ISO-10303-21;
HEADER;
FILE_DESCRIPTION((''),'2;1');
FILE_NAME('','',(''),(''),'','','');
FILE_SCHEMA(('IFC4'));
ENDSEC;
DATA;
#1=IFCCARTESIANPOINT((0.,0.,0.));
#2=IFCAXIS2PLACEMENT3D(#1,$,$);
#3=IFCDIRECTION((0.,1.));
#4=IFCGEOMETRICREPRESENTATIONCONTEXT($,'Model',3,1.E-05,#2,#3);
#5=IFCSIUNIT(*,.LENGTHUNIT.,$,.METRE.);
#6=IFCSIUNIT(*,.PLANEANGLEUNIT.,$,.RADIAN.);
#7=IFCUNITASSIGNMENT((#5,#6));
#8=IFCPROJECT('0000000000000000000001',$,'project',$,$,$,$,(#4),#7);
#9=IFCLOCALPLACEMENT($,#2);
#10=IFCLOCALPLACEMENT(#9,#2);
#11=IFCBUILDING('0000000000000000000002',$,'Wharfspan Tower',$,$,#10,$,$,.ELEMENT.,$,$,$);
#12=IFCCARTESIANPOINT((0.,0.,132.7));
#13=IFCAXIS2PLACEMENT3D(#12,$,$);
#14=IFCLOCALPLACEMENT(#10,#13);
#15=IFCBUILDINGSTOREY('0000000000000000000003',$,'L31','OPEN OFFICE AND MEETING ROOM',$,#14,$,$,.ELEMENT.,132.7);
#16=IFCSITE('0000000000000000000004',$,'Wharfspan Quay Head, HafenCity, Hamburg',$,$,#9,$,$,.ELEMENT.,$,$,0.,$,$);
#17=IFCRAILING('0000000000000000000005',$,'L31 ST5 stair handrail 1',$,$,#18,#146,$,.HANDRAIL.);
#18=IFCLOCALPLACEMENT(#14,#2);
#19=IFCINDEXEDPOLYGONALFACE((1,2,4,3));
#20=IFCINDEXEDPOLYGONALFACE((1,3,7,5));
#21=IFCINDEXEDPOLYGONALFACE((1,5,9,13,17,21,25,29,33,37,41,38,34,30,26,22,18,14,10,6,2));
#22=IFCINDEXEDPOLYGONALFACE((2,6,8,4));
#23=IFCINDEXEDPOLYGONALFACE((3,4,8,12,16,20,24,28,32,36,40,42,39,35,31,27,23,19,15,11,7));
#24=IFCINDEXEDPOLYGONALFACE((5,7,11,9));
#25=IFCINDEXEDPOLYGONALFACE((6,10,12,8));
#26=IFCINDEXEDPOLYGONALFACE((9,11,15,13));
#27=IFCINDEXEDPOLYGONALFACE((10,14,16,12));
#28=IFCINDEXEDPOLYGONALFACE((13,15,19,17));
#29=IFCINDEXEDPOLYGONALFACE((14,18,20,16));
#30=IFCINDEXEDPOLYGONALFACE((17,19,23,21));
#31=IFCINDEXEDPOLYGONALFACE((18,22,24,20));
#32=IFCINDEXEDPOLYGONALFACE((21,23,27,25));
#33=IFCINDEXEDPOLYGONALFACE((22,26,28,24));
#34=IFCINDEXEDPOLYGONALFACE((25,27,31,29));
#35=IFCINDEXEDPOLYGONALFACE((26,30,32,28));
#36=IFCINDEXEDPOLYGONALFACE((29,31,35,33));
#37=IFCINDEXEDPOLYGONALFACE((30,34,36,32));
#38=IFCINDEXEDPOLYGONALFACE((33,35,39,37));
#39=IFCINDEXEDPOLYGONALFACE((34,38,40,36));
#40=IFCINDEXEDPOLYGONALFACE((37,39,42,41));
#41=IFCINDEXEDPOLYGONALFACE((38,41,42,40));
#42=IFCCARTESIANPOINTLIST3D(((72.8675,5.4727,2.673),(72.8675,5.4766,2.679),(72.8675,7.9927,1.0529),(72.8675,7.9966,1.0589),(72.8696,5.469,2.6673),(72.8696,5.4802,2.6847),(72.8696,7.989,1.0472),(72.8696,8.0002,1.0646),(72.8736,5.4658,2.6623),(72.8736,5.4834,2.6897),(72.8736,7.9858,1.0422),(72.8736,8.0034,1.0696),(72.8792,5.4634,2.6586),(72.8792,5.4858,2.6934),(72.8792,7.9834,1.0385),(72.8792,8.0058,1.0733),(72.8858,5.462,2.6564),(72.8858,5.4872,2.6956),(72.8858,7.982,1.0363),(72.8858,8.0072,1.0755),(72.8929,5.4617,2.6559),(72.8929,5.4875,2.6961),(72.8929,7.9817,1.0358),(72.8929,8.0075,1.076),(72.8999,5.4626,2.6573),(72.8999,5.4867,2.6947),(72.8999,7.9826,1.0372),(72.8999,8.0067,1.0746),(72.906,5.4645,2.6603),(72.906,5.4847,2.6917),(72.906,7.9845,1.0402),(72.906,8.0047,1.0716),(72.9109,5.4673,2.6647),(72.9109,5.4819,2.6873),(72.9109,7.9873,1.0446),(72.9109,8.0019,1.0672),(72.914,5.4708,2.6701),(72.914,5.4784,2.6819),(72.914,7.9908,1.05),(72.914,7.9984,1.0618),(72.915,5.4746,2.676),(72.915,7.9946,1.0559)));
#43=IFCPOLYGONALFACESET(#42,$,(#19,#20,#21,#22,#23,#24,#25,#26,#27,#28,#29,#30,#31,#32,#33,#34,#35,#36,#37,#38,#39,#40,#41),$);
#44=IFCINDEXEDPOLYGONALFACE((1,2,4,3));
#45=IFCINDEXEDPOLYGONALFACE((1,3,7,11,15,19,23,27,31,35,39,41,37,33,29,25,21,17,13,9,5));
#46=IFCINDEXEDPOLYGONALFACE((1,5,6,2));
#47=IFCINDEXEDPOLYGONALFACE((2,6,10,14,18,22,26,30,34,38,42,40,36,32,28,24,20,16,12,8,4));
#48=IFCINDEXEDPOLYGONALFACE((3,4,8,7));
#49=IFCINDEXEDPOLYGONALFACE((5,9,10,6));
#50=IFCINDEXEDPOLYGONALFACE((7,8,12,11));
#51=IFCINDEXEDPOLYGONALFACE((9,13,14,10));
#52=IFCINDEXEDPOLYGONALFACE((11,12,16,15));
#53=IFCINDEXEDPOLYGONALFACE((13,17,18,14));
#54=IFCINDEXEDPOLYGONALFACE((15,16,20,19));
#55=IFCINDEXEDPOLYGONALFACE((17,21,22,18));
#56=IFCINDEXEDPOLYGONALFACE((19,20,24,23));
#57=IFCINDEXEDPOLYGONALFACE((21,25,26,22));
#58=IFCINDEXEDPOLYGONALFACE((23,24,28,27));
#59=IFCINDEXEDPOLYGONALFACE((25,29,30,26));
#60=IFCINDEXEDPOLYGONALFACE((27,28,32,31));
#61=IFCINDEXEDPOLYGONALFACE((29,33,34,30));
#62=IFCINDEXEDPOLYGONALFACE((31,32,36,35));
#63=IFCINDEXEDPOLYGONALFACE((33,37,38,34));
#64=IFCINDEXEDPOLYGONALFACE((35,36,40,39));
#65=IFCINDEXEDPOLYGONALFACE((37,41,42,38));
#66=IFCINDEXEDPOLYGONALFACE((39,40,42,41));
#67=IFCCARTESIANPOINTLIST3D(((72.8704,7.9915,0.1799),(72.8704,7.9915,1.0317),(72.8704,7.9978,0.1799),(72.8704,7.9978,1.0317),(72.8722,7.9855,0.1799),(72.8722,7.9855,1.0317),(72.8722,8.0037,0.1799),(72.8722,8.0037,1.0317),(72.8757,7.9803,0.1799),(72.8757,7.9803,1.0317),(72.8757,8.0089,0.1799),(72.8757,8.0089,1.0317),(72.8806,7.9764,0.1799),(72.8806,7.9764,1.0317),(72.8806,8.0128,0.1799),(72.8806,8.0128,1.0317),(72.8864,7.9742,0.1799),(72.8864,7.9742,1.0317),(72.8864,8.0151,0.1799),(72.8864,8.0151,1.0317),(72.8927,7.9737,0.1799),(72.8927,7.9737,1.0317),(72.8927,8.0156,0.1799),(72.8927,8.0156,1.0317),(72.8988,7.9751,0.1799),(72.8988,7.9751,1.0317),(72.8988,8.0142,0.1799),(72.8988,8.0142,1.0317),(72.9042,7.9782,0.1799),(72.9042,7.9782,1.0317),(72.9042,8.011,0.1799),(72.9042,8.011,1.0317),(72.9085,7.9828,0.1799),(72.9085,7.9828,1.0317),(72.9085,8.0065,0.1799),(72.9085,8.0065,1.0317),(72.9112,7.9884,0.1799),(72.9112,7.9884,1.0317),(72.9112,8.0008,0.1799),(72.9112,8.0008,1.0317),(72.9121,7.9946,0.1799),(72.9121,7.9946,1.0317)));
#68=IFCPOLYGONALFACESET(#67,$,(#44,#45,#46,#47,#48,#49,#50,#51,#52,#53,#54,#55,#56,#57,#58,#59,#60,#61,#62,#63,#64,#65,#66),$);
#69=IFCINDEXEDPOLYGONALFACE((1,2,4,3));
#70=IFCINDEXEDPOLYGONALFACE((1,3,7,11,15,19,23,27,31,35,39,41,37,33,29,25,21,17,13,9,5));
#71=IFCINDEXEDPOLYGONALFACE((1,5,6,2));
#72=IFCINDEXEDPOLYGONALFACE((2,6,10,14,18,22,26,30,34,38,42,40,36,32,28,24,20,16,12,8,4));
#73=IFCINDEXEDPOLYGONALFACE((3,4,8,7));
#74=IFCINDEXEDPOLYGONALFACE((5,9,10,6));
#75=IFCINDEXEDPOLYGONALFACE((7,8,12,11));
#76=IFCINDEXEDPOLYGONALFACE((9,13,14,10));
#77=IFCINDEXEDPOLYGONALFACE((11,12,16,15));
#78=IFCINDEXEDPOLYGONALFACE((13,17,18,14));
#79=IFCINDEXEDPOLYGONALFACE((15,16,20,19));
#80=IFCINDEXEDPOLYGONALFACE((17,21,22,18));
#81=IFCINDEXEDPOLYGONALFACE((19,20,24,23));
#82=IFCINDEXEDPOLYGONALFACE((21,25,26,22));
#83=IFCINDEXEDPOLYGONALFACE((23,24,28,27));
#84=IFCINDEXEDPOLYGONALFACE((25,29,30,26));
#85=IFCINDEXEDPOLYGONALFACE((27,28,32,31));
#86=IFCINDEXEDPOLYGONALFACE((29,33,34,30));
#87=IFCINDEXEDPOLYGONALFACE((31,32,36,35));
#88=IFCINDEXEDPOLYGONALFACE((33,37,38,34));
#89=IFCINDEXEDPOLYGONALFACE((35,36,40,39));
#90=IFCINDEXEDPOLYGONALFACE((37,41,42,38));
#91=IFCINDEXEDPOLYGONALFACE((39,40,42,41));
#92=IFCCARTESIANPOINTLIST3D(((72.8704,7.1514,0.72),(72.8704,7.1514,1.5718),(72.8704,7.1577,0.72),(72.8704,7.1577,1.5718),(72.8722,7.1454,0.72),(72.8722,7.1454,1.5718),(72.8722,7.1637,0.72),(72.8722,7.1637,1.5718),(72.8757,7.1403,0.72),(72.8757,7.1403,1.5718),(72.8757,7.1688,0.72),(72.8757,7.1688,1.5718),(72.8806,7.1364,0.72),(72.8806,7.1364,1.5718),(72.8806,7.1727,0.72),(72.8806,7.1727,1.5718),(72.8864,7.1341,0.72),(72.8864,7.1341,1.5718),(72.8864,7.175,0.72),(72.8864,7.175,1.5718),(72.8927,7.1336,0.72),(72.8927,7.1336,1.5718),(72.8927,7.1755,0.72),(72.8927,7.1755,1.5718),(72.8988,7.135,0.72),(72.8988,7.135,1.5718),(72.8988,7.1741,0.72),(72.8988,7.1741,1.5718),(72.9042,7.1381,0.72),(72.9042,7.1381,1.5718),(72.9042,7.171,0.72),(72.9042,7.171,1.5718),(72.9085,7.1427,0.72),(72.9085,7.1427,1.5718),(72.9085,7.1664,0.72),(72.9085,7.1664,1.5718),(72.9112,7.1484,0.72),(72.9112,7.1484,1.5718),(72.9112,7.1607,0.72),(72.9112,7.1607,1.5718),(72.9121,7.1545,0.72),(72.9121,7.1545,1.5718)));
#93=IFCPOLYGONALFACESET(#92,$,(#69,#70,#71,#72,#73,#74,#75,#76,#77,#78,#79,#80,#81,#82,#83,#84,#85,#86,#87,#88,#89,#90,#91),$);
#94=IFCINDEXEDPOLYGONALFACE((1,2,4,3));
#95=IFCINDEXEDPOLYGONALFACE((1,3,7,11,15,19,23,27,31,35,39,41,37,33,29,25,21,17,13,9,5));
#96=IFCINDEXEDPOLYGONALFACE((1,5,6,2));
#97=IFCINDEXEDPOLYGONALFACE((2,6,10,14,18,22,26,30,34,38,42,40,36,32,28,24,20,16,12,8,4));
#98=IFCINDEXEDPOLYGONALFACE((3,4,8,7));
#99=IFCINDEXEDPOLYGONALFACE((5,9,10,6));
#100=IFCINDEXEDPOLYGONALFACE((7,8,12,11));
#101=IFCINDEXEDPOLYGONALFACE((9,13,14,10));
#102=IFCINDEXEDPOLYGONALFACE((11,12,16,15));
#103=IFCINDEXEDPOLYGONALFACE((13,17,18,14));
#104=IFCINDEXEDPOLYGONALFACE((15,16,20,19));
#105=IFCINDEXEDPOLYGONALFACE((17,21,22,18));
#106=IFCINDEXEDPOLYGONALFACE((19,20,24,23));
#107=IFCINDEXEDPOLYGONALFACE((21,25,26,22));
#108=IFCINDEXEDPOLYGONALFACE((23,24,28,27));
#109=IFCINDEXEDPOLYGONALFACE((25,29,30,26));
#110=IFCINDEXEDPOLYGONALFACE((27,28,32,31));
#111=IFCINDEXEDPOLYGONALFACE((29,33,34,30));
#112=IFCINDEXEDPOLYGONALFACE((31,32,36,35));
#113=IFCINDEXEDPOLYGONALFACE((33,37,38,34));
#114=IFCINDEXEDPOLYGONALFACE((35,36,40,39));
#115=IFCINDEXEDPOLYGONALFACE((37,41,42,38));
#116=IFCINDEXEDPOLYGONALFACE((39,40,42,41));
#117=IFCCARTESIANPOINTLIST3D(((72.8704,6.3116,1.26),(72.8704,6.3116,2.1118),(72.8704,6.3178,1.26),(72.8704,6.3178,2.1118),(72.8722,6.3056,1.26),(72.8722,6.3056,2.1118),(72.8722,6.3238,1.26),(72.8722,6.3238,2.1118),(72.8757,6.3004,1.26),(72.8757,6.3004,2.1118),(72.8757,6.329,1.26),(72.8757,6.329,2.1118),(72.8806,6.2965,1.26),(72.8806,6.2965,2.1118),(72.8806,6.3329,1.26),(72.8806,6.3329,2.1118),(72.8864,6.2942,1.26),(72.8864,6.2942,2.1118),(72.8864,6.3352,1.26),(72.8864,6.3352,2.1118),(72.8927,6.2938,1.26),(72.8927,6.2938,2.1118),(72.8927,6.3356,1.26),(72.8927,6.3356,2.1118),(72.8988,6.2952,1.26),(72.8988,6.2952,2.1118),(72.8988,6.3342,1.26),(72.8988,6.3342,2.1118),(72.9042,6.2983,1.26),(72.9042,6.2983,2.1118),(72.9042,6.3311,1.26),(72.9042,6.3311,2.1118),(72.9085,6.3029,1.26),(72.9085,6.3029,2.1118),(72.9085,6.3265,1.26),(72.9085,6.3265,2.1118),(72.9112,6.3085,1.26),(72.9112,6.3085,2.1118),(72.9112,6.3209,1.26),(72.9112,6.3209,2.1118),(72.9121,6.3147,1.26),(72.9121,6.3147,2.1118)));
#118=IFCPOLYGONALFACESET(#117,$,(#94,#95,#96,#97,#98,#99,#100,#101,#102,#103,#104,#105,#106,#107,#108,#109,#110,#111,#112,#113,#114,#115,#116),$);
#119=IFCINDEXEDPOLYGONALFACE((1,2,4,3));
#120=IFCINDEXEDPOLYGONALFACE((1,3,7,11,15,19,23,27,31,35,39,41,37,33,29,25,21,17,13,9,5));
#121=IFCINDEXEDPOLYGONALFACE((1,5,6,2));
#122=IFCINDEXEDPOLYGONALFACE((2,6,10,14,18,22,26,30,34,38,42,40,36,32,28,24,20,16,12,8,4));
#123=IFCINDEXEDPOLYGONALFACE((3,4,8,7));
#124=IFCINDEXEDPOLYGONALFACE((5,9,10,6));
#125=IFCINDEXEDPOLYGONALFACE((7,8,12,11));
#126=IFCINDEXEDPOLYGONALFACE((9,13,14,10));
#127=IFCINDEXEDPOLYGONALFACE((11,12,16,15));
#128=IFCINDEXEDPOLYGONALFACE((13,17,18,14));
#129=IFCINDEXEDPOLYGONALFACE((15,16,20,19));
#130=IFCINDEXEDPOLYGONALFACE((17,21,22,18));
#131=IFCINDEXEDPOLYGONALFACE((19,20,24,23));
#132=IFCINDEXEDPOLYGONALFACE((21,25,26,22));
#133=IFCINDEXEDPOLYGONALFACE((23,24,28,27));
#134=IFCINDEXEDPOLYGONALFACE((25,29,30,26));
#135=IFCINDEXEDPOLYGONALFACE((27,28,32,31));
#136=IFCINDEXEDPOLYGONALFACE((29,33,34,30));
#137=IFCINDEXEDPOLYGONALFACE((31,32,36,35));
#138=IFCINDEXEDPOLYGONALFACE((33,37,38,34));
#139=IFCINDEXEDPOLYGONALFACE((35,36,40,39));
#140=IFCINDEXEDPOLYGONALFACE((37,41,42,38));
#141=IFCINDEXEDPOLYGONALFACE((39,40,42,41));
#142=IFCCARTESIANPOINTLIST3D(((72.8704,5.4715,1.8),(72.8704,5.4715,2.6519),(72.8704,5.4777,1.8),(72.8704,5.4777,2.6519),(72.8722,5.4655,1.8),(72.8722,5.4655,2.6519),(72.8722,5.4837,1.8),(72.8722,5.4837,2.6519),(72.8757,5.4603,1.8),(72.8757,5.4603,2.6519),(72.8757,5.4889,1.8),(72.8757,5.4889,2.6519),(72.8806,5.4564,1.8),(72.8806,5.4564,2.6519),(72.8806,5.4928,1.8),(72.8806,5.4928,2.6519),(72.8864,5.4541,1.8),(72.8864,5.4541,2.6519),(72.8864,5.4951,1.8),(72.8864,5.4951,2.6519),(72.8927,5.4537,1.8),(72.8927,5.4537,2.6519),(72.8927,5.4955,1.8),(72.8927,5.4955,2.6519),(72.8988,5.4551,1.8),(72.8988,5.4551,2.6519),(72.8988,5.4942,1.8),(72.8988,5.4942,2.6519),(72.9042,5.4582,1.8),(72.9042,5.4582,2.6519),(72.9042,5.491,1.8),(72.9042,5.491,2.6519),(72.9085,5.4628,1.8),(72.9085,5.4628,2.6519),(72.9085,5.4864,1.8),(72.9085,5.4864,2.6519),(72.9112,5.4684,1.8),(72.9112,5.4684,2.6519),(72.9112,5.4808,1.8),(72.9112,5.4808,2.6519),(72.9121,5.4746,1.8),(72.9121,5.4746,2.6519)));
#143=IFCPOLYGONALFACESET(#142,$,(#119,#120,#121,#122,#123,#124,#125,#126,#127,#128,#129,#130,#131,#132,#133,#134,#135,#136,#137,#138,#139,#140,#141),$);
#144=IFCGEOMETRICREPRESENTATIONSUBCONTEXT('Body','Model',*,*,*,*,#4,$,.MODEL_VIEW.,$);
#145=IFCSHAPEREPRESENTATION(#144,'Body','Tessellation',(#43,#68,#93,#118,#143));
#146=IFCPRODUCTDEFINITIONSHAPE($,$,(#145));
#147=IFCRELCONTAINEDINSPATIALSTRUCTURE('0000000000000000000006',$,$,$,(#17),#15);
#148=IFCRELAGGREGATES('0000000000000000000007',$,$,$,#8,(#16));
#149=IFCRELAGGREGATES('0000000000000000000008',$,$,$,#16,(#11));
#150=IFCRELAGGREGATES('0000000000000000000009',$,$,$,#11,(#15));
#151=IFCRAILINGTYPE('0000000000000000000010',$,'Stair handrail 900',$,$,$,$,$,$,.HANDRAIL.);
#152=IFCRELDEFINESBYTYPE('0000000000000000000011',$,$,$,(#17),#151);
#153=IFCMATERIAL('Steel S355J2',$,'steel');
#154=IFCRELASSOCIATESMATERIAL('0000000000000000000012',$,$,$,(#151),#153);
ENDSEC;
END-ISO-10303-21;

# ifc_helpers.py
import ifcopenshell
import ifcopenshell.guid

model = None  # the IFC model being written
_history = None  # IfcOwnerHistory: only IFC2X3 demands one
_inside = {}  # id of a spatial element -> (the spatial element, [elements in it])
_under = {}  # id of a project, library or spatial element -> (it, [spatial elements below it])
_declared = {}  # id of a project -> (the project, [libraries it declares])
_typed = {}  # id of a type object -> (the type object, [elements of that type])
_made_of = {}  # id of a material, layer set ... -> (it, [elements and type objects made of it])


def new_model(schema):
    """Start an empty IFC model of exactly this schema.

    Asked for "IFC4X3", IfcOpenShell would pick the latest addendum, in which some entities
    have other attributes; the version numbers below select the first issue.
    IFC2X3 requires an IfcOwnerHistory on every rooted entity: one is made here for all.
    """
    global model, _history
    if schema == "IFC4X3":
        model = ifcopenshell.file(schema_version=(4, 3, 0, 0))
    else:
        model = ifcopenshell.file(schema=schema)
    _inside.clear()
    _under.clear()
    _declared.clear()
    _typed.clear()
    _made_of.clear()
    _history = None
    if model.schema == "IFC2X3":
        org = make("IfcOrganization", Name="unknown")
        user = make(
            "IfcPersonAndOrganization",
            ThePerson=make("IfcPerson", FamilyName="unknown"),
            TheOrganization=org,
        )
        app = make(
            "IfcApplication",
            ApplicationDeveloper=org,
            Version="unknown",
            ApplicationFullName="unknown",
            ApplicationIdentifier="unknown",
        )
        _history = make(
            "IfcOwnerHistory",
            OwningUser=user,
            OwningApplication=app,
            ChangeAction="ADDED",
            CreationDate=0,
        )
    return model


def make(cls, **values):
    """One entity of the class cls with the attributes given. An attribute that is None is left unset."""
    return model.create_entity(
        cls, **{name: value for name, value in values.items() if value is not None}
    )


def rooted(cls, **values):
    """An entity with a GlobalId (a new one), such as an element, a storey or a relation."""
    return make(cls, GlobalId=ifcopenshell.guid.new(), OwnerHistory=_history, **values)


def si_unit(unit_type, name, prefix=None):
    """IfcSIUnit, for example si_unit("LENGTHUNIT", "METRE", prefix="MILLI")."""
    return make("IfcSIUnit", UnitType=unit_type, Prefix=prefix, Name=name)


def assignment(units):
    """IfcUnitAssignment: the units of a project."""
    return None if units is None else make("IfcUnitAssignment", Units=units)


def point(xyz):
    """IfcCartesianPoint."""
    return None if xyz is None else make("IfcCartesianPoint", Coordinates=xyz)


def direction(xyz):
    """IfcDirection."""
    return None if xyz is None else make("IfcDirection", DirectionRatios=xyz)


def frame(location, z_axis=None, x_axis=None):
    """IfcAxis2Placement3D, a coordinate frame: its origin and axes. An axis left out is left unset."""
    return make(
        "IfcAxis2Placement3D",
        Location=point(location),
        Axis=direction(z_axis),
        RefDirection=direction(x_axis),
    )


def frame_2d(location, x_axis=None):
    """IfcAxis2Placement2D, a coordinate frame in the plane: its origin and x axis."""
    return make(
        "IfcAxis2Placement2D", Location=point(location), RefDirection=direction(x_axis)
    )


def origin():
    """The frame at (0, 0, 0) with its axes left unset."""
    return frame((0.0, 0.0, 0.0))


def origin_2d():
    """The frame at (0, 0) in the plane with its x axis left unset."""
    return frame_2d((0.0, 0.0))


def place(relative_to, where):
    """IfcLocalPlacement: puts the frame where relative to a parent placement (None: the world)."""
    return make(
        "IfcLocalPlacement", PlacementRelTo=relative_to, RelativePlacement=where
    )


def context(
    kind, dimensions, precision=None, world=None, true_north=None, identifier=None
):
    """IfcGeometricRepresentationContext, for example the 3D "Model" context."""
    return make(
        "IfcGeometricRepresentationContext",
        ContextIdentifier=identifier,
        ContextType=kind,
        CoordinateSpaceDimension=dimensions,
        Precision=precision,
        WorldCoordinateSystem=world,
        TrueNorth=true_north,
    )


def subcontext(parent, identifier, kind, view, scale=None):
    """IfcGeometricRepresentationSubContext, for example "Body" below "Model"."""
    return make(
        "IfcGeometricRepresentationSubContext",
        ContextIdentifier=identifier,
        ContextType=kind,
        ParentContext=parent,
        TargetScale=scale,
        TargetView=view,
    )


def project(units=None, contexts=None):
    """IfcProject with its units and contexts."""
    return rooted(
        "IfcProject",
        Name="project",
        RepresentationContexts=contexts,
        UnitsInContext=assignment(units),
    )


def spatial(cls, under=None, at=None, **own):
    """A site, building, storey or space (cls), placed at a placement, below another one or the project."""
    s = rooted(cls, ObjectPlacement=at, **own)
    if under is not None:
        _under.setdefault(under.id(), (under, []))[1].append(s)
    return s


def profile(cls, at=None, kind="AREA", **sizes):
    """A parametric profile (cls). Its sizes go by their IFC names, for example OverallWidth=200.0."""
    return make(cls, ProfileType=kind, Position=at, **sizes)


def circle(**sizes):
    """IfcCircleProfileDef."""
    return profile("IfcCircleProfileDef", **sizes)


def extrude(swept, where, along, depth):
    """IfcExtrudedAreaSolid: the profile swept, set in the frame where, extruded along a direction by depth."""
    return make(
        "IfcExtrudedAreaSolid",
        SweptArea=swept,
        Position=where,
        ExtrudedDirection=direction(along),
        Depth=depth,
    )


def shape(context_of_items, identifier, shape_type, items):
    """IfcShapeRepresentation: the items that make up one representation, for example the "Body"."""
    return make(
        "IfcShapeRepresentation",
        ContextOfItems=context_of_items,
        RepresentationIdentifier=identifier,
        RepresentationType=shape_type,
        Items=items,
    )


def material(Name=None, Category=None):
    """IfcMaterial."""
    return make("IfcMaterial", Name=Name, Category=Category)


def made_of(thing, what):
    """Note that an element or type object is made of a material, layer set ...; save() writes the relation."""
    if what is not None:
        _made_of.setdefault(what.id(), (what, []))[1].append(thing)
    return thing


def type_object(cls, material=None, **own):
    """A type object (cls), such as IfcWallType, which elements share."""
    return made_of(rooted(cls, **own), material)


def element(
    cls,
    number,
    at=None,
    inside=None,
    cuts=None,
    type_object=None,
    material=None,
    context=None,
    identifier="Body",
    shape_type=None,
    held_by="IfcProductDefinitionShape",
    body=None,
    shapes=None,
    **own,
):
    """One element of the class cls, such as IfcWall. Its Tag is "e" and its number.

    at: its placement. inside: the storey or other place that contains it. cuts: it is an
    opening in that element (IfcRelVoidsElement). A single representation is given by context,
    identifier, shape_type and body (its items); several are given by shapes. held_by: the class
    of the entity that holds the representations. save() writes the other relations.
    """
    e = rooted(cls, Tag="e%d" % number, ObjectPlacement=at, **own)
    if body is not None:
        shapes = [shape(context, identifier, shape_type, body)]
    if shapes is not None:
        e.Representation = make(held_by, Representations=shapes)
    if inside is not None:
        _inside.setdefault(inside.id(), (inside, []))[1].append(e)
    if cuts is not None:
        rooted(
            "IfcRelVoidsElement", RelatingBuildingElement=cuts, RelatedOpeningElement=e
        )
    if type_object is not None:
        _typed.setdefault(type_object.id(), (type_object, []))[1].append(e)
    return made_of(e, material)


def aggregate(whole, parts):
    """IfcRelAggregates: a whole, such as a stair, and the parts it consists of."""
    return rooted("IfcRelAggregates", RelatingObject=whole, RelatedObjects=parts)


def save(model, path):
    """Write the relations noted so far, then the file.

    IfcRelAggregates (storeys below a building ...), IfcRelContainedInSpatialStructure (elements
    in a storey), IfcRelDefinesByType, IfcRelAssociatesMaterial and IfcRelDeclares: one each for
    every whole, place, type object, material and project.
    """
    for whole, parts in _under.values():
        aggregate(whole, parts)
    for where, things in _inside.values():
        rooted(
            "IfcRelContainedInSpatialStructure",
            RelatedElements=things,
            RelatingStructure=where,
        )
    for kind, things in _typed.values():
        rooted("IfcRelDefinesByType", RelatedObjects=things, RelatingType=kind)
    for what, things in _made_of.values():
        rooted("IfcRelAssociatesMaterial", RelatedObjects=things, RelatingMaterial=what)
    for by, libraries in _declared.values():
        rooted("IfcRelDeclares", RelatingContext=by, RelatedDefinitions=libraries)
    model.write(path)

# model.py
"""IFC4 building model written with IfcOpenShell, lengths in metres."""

from ifc_helpers import new_model, si_unit, direction, frame, origin, origin_2d, place, context, subcontext, project, spatial, circle, extrude, material, type_object, element, save


model = new_model("IFC4")

# Units and contexts
model_context = context("Model", 3, precision=1e-05, world=origin(), true_north=direction((0.0, 1.0)))
body_context = subcontext(model_context, "Body", "Model", "MODEL_VIEW")
ifc_project = project(units=[si_unit("LENGTHUNIT", "METRE"), si_unit("PLANEANGLEUNIT", "RADIAN")], contexts=[model_context])

# Site, building, storey
site_placement = place(None, origin())
site = spatial("IfcSite", under=ifc_project, at=site_placement, Name="Wharfspan Quay Head, HafenCity, Hamburg", CompositionType="ELEMENT", RefElevation=0.0)
building_placement = place(site_placement, origin())
building = spatial("IfcBuilding", under=site, at=building_placement, Name="Wharfspan Tower", CompositionType="ELEMENT")
storey_placement = place(building_placement, frame((0.0, 0.0, 132.7)))
storey = spatial("IfcBuildingStorey", under=building, at=storey_placement, Name="L31", Description="OPEN OFFICE AND MEETING ROOM", CompositionType="ELEMENT", Elevation=132.7)

# Railing
ifc_material_1 = material(Name="Steel S355J2", Category="steel")
railing_type_1 = type_object("IfcRailingType", Name="Stair handrail 900", PredefinedType="HANDRAIL", material=ifc_material_1)
railing_1_placement = place(storey_placement, frame((72.8911, 7.9946, 0.1799)))
element("IfcRailing", 1, at=railing_1_placement, inside=storey, type_object=railing_type_1, Name="L31 ST5 stair handrail 1", PredefinedType="HANDRAIL", context=body_context, shape_type="SweptSolid", body=[
    extrude(circle(Radius=0.0239, at=origin_2d()), frame((0.0, 0.0, 0.876), z_axis=(0.0, -0.841163, 0.540782), x_axis=(1.0, 0.0, 0.0)), (0.0, 0.0, 1.0), 2.9958),
    extrude(circle(Radius=0.021, at=origin_2d()), origin(), (0.0, 0.0, 1.0), 0.8518),
    extrude(circle(Radius=0.021, at=origin_2d()), frame((0.0, -0.8401, 0.54)), (0.0, 0.0, 1.0), 0.8518),
    extrude(circle(Radius=0.021, at=origin_2d()), frame((0.0, -1.6799, 1.0801)), (0.0, 0.0, 1.0), 0.8518),
    extrude(circle(Radius=0.021, at=origin_2d()), frame((0.0, -2.52, 1.6201)), (0.0, 0.0, 1.0), 0.8518),
])

save(model, "model.ifc")
